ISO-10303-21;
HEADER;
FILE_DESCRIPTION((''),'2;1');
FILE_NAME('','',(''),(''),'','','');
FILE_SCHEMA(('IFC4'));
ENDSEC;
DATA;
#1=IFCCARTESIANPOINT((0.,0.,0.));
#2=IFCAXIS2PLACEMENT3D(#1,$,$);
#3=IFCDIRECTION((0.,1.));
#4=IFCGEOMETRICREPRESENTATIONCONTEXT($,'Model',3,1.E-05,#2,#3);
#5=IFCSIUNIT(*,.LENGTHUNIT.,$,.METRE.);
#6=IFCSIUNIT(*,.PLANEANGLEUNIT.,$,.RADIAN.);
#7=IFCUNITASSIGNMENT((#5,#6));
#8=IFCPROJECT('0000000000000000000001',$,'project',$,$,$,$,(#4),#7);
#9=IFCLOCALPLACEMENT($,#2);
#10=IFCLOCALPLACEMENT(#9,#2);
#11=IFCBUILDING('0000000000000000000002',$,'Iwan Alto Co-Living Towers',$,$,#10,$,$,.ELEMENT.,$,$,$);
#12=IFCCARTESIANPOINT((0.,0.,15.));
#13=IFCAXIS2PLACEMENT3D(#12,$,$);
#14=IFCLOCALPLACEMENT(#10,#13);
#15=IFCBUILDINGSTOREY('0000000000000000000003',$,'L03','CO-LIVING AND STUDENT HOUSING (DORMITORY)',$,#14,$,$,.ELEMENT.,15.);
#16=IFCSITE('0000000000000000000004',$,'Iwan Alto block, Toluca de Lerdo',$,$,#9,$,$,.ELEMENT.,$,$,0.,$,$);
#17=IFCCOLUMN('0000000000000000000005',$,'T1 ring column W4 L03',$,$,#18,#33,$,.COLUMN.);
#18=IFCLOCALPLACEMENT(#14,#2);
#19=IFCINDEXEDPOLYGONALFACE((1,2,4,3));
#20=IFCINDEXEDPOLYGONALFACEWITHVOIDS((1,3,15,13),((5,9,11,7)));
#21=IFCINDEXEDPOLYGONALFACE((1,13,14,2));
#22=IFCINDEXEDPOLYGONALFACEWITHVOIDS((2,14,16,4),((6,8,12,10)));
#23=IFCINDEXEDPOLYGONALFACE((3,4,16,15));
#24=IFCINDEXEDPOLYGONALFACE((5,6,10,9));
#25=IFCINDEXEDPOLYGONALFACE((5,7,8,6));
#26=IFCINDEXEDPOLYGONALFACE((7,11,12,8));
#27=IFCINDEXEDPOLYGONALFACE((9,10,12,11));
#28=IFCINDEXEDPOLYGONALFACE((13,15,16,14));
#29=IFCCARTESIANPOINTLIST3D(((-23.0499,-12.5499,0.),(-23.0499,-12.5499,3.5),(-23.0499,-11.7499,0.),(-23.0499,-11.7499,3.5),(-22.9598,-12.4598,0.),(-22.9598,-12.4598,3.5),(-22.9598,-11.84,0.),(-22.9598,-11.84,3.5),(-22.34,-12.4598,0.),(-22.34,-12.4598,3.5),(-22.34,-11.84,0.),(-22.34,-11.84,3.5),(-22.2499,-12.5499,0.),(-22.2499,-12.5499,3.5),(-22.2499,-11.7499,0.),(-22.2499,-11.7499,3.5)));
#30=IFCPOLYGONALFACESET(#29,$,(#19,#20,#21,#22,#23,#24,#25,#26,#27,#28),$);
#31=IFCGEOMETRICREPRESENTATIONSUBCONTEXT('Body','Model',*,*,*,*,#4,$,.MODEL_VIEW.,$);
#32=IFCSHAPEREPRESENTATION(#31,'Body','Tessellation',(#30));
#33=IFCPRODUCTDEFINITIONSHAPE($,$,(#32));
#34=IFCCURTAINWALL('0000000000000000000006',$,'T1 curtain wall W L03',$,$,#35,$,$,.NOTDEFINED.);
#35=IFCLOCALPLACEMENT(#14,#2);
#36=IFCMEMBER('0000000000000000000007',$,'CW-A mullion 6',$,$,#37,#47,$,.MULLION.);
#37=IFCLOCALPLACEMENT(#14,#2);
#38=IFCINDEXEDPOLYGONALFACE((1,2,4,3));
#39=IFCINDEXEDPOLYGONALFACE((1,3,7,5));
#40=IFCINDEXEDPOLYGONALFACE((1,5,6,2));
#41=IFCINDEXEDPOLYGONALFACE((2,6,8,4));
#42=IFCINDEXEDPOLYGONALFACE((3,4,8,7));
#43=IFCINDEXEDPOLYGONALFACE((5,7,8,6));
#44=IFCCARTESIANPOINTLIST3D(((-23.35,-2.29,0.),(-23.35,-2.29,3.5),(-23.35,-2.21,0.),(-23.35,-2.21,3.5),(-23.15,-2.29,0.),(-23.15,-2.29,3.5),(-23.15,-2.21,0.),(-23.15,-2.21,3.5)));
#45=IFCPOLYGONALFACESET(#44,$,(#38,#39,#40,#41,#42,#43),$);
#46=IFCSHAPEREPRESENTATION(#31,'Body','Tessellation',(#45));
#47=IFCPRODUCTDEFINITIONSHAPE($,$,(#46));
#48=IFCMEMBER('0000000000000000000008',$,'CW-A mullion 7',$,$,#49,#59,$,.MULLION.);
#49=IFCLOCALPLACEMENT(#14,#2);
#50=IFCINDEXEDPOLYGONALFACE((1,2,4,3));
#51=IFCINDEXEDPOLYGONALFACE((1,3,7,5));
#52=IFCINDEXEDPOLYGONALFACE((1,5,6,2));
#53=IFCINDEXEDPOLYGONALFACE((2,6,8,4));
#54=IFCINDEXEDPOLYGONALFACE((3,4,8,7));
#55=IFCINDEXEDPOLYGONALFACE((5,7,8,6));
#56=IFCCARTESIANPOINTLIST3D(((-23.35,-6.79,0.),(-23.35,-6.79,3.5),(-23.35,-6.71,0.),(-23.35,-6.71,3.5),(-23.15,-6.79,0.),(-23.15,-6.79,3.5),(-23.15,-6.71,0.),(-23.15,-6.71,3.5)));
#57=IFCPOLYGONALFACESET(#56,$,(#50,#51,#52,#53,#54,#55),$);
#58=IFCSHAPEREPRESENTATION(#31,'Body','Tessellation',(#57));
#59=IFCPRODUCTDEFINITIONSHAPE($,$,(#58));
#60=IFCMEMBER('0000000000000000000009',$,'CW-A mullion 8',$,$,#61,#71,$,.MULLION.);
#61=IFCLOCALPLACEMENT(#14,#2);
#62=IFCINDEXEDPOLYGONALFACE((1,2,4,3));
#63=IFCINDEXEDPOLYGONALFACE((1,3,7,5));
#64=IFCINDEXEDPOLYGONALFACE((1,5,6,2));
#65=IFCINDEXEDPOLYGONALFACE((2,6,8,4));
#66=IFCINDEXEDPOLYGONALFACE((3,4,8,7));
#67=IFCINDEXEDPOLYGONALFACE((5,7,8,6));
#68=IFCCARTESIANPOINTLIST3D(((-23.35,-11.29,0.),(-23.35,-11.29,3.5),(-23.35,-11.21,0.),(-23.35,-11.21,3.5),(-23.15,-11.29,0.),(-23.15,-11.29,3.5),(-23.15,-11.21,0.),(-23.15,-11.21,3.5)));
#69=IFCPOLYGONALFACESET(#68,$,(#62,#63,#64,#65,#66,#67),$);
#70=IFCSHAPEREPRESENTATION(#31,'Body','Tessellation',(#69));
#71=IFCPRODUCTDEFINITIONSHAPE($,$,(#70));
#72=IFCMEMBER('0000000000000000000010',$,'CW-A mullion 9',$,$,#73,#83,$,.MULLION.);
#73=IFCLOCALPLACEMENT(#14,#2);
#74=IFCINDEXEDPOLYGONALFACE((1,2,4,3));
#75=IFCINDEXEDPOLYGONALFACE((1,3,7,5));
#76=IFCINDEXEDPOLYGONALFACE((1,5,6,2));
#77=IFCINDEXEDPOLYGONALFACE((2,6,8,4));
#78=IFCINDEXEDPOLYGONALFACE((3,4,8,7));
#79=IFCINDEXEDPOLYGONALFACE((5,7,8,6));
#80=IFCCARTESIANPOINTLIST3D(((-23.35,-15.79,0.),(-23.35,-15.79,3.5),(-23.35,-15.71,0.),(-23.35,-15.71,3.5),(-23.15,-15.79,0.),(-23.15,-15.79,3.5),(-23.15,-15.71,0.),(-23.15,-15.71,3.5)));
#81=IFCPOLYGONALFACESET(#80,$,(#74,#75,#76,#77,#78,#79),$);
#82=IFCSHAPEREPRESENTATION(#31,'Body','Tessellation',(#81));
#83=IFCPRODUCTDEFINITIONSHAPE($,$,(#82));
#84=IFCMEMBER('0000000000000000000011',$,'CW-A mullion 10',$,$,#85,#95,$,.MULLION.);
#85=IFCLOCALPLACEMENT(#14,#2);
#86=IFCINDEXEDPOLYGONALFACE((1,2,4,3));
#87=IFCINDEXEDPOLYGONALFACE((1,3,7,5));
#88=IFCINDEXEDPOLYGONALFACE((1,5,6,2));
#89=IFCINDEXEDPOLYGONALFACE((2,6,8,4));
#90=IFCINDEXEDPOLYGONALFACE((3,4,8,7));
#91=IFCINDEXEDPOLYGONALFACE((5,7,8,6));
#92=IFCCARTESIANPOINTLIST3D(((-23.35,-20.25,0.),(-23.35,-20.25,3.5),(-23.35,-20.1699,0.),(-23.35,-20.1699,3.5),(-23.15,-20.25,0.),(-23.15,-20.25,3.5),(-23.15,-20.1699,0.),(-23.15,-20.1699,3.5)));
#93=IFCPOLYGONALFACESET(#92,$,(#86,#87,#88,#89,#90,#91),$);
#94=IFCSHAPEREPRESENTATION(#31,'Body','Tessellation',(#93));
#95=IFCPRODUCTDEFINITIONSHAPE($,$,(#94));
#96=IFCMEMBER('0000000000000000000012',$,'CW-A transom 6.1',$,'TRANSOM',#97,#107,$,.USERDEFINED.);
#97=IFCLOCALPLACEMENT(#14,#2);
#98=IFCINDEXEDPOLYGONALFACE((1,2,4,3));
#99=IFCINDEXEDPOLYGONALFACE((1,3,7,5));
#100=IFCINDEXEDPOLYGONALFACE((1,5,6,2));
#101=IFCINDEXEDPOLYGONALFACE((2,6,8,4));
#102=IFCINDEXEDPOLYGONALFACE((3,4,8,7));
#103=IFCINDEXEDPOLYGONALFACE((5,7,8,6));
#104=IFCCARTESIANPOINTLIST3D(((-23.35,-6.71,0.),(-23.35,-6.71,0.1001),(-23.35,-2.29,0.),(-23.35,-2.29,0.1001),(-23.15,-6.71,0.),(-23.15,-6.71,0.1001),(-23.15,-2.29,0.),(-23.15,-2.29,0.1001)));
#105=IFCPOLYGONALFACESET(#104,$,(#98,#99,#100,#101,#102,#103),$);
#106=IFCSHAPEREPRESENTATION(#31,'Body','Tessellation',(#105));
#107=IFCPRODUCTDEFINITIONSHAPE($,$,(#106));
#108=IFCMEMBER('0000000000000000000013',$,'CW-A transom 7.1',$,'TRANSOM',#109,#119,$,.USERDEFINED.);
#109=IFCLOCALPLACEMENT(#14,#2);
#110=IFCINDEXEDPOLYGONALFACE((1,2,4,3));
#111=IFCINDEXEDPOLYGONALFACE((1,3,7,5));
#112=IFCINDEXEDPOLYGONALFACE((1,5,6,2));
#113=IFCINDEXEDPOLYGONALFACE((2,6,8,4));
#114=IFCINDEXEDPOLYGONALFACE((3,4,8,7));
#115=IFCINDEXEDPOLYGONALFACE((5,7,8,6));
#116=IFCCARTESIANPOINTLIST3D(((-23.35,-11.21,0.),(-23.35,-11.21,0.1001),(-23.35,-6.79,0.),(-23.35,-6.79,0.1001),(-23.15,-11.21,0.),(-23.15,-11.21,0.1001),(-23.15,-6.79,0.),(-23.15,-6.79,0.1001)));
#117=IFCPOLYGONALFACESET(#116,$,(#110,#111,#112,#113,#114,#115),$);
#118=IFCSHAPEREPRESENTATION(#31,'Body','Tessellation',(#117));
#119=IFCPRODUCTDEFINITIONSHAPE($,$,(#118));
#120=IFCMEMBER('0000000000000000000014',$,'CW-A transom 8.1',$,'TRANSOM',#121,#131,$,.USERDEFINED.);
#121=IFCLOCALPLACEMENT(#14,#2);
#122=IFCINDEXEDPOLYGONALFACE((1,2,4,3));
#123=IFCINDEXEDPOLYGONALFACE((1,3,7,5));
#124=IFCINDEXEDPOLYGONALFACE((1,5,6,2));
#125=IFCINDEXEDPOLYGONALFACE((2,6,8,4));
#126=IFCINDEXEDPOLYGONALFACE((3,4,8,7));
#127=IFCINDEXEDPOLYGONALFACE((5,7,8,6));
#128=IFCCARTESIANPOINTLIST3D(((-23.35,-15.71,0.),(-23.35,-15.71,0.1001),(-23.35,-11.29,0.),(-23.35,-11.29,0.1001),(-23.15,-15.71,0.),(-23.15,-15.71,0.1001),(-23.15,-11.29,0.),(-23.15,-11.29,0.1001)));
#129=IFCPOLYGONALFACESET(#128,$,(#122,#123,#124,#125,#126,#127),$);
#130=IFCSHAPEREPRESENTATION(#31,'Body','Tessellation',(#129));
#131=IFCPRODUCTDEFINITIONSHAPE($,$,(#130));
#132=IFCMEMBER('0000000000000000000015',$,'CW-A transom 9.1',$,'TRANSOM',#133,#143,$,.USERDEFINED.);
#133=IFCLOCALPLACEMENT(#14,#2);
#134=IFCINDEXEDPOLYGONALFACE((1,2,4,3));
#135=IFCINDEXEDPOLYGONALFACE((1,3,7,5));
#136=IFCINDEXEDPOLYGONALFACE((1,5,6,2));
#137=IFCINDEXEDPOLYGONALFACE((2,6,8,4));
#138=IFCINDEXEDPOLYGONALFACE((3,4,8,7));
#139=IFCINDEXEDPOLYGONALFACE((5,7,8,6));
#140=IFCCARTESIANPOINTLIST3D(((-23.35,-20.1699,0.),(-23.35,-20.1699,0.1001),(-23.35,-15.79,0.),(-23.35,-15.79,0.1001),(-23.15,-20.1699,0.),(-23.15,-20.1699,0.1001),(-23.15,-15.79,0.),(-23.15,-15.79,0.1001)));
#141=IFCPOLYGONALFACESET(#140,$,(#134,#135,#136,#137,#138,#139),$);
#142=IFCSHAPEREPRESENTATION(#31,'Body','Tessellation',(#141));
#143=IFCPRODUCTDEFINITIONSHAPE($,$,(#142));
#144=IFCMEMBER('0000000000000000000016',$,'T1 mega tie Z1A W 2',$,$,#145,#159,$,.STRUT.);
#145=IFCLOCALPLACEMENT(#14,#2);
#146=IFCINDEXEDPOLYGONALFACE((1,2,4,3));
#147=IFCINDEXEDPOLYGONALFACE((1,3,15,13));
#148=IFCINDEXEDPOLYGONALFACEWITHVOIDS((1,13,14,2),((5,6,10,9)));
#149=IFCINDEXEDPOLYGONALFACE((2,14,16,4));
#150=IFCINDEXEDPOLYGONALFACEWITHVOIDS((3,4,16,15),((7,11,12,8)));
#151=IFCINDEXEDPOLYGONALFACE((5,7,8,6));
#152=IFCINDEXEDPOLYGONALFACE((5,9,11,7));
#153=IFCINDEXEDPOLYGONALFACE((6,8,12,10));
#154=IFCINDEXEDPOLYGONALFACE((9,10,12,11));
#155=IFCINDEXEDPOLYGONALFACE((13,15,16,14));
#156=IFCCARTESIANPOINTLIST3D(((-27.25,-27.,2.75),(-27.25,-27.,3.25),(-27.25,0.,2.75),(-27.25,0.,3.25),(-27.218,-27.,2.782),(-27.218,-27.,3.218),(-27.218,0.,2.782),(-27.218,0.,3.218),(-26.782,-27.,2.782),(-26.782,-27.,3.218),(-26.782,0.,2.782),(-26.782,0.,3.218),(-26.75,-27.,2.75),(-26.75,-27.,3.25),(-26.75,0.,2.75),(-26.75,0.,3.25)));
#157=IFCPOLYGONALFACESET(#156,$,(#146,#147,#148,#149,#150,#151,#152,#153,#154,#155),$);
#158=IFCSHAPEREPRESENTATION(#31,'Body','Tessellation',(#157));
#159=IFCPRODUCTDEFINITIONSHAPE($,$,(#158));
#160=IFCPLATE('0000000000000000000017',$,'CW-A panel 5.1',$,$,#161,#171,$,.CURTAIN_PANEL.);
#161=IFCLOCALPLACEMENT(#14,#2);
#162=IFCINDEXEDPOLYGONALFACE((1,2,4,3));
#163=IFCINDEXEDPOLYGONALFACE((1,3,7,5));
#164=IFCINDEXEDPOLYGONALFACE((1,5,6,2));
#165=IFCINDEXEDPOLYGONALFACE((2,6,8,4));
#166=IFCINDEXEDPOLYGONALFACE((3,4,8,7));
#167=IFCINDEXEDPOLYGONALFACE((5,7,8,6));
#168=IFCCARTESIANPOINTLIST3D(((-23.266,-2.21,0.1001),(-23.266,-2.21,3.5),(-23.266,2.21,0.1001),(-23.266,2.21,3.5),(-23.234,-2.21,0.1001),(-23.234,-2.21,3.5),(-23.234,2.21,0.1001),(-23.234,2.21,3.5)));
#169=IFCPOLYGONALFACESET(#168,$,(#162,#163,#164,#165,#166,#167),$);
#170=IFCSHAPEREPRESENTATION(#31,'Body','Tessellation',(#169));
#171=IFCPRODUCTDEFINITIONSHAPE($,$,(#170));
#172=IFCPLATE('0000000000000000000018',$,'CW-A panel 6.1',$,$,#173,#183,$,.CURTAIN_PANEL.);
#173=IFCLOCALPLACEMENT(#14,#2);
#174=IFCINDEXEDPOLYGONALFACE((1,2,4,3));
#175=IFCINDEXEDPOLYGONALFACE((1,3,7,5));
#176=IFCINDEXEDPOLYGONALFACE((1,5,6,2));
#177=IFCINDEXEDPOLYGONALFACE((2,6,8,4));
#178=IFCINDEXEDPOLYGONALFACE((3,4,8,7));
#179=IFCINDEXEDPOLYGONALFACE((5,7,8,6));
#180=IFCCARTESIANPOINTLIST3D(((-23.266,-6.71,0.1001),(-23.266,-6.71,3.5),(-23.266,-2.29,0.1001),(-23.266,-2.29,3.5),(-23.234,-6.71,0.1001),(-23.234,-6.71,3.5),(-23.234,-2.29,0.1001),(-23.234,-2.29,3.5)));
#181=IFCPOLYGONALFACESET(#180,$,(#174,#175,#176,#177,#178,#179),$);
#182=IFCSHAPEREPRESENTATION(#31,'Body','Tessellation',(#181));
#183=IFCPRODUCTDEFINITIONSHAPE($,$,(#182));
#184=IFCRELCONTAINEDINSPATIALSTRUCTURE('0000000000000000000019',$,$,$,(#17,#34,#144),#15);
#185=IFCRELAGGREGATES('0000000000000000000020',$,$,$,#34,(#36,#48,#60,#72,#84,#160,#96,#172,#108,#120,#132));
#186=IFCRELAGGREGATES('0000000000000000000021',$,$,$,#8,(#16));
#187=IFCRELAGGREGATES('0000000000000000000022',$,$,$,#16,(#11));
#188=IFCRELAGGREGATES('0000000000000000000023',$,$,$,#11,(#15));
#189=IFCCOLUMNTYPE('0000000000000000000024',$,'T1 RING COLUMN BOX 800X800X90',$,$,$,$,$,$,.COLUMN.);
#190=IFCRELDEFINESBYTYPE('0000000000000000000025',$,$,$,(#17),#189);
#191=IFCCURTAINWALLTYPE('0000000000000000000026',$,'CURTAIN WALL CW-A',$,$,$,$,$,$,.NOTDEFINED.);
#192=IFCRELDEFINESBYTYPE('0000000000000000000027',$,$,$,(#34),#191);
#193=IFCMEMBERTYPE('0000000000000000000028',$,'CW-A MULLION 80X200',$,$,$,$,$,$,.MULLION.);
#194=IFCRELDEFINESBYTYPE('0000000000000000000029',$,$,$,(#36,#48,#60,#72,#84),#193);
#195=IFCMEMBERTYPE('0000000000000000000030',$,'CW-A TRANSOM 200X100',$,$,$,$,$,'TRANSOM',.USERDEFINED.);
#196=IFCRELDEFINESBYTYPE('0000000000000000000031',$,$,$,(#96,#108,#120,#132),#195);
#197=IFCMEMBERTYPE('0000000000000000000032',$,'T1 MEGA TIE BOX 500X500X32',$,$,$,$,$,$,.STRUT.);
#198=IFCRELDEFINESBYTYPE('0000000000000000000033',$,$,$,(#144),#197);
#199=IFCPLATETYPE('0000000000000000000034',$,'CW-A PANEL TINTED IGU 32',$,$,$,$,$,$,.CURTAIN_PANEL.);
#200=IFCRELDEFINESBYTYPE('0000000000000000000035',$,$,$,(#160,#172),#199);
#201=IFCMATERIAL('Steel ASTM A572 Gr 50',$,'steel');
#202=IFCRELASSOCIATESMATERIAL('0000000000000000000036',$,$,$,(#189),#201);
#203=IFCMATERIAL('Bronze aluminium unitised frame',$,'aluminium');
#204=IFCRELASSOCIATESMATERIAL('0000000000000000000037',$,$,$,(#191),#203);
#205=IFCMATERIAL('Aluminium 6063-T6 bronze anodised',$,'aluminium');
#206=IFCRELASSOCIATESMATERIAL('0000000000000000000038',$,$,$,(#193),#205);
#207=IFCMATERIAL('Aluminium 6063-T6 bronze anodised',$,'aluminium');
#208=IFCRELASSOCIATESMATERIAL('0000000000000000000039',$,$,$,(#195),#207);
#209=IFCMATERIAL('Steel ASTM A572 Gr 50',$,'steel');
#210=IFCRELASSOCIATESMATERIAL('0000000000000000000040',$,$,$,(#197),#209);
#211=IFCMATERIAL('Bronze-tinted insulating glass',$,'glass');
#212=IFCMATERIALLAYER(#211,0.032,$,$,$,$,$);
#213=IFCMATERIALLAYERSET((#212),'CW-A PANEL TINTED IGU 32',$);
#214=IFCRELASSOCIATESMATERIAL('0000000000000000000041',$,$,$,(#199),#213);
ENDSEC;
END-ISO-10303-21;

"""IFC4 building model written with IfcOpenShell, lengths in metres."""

from ifc_helpers import new_model, si_unit, direction, frame, origin, origin_2d, place, context, subcontext, project, spatial, rectangle, hollow_rectangle, extrude, material, layer, layer_set, material_profile, profile_set, type_object, element, aggregate, save


model = new_model("IFC4")

# Units and contexts
model_context = context("Model", 3, precision=1e-05, world=origin(), true_north=direction((0.0, 1.0)))
body_context = subcontext(model_context, "Body", "Model", "MODEL_VIEW")
ifc_project = project(units=[si_unit("LENGTHUNIT", "METRE"), si_unit("PLANEANGLEUNIT", "RADIAN")], contexts=[model_context])

# Site, building, storey
site_placement = place(None, origin())
site = spatial("IfcSite", under=ifc_project, at=site_placement, Name="Iwan Alto block, Toluca de Lerdo", CompositionType="ELEMENT", RefElevation=0.0)
building_placement = place(site_placement, origin())
building = spatial("IfcBuilding", under=site, at=building_placement, Name="Iwan Alto Co-Living Towers", CompositionType="ELEMENT")
storey_placement = place(building_placement, frame((0.0, 0.0, 15.0)))
storey = spatial("IfcBuildingStorey", under=building, at=storey_placement, Name="L03", Description="CO-LIVING AND STUDENT HOUSING (DORMITORY)", CompositionType="ELEMENT", Elevation=15.0)

# Column
ifc_material_1 = material(Name="Steel ASTM A572 Gr 50", Category="steel")
ifc_material_profile_1 = material_profile(ifc_material_1, hollow_rectangle(XDim=0.8, YDim=0.8, WallThickness=0.0901, at=origin_2d()), Name="BOX 800X800X90")
ifc_profile_set_1 = profile_set([ifc_material_profile_1], Name="Steel ASTM A572 Gr 50")
column_type = type_object("IfcColumnType", Name="T1 RING COLUMN BOX 800X800X90", PredefinedType="COLUMN", material=ifc_profile_set_1)
column_placement = place(storey_placement, frame((-22.6499, -12.1499, 0.0), z_axis=(0.0, 0.0, 1.0), x_axis=(1.0, 0.0, 0.0)))
element("IfcColumn", 1, at=column_placement, inside=storey, type_object=column_type, Name="T1 ring column W4 L03", PredefinedType="COLUMN", context=body_context, shape_type="SweptSolid", body=[
    extrude(hollow_rectangle(XDim=0.8, YDim=0.8, WallThickness=0.0901, at=origin_2d()), origin(), (0.0, 0.0, 1.0), 3.5),
])

# Curtain wall, members
ifc_material_2 = material(Name="Bronze aluminium unitised frame", Category="aluminium")
curtain_wall_type = type_object("IfcCurtainWallType", Name="CURTAIN WALL CW-A", PredefinedType="NOTDEFINED", material=ifc_material_2)
curtain_wall_placement = place(storey_placement, origin())
curtain_wall = element("IfcCurtainWall", 2, at=curtain_wall_placement, inside=storey, type_object=curtain_wall_type, Name="T1 curtain wall W L03", PredefinedType="NOTDEFINED")
ifc_material_3 = material(Name="Aluminium 6063-T6 bronze anodised", Category="aluminium")
ifc_material_profile_2 = material_profile(ifc_material_3, rectangle(XDim=0.2, YDim=0.0801, at=origin_2d()), Name="AL 80X200")
ifc_profile_set_2 = profile_set([ifc_material_profile_2], Name="Aluminium 6063-T6 bronze anodised")
member_type_1 = type_object("IfcMemberType", Name="CW-A MULLION 80X200", PredefinedType="MULLION", material=ifc_profile_set_2)
member_1_placement = place(storey_placement, frame((-23.25, -2.25, 0.0), z_axis=(0.0, 0.0, 1.0), x_axis=(1.0, 0.0, 0.0)))
member_1 = element("IfcMember", 3, at=member_1_placement, type_object=member_type_1, Name="CW-A mullion 6", PredefinedType="MULLION", context=body_context, shape_type="SweptSolid", body=[
    extrude(rectangle(XDim=0.2, YDim=0.0801, at=origin_2d()), origin(), (0.0, 0.0, 1.0), 3.5),
])
member_2_placement = place(storey_placement, frame((-23.25, -6.75, 0.0), z_axis=(0.0, 0.0, 1.0), x_axis=(1.0, 0.0, 0.0)))
member_2 = element("IfcMember", 4, at=member_2_placement, type_object=member_type_1, Name="CW-A mullion 7", PredefinedType="MULLION", context=body_context, shape_type="SweptSolid", body=[
    extrude(rectangle(XDim=0.2, YDim=0.0801, at=origin_2d()), origin(), (0.0, 0.0, 1.0), 3.5),
])
member_3_placement = place(storey_placement, frame((-23.25, -11.25, 0.0), z_axis=(0.0, 0.0, 1.0), x_axis=(1.0, 0.0, 0.0)))
member_3 = element("IfcMember", 5, at=member_3_placement, type_object=member_type_1, Name="CW-A mullion 8", PredefinedType="MULLION", context=body_context, shape_type="SweptSolid", body=[
    extrude(rectangle(XDim=0.2, YDim=0.0801, at=origin_2d()), origin(), (0.0, 0.0, 1.0), 3.5),
])
member_4_placement = place(storey_placement, frame((-23.25, -15.75, 0.0), z_axis=(0.0, 0.0, 1.0), x_axis=(1.0, 0.0, 0.0)))
member_4 = element("IfcMember", 6, at=member_4_placement, type_object=member_type_1, Name="CW-A mullion 9", PredefinedType="MULLION", context=body_context, shape_type="SweptSolid", body=[
    extrude(rectangle(XDim=0.2, YDim=0.0801, at=origin_2d()), origin(), (0.0, 0.0, 1.0), 3.5),
])
member_5_placement = place(storey_placement, frame((-23.25, -20.21, 0.0), z_axis=(0.0, 0.0, 1.0), x_axis=(1.0, 0.0, 0.0)))
member_5 = element("IfcMember", 7, at=member_5_placement, type_object=member_type_1, Name="CW-A mullion 10", PredefinedType="MULLION", context=body_context, shape_type="SweptSolid", body=[
    extrude(rectangle(XDim=0.2, YDim=0.0801, at=origin_2d()), origin(), (0.0, 0.0, 1.0), 3.5),
])
ifc_material_4 = material(Name="Aluminium 6063-T6 bronze anodised", Category="aluminium")
ifc_material_profile_3 = material_profile(ifc_material_4, rectangle(XDim=0.2, YDim=0.1001, at=origin_2d()), Name="AL 200X100")
ifc_profile_set_3 = profile_set([ifc_material_profile_3], Name="Aluminium 6063-T6 bronze anodised")
member_type_2 = type_object("IfcMemberType", Name="CW-A TRANSOM 200X100", ElementType="TRANSOM", PredefinedType="USERDEFINED", material=ifc_profile_set_3)
member_6_placement = place(storey_placement, frame((-23.25, -2.29, 0.05), z_axis=(0.0, -1.0, 0.0), x_axis=(1.0, 0.0, 0.0)))
member_6 = element("IfcMember", 8, at=member_6_placement, type_object=member_type_2, Name="CW-A transom 6.1", ObjectType="TRANSOM", PredefinedType="USERDEFINED", context=body_context, shape_type="SweptSolid", body=[
    extrude(rectangle(XDim=0.2, YDim=0.1001, at=origin_2d()), origin(), (0.0, 0.0, 1.0), 4.4199),
])
member_7_placement = place(storey_placement, frame((-23.25, -6.79, 0.05), z_axis=(0.0, -1.0, 0.0), x_axis=(1.0, 0.0, 0.0)))
member_7 = element("IfcMember", 9, at=member_7_placement, type_object=member_type_2, Name="CW-A transom 7.1", ObjectType="TRANSOM", PredefinedType="USERDEFINED", context=body_context, shape_type="SweptSolid", body=[
    extrude(rectangle(XDim=0.2, YDim=0.1001, at=origin_2d()), origin(), (0.0, 0.0, 1.0), 4.4199),
])
member_8_placement = place(storey_placement, frame((-23.25, -11.29, 0.05), z_axis=(0.0, -1.0, 0.0), x_axis=(1.0, 0.0, 0.0)))
member_8 = element("IfcMember", 10, at=member_8_placement, type_object=member_type_2, Name="CW-A transom 8.1", ObjectType="TRANSOM", PredefinedType="USERDEFINED", context=body_context, shape_type="SweptSolid", body=[
    extrude(rectangle(XDim=0.2, YDim=0.1001, at=origin_2d()), origin(), (0.0, 0.0, 1.0), 4.4199),
])
member_9_placement = place(storey_placement, frame((-23.25, -15.79, 0.05), z_axis=(0.0, -1.0, 0.0), x_axis=(1.0, 0.0, 0.0)))
member_9 = element("IfcMember", 11, at=member_9_placement, type_object=member_type_2, Name="CW-A transom 9.1", ObjectType="TRANSOM", PredefinedType="USERDEFINED", context=body_context, shape_type="SweptSolid", body=[
    extrude(rectangle(XDim=0.2, YDim=0.1001, at=origin_2d()), origin(), (0.0, 0.0, 1.0), 4.3799),
])

# Member
ifc_material_5 = material(Name="Steel ASTM A572 Gr 50", Category="steel")
ifc_material_profile_4 = material_profile(ifc_material_5, hollow_rectangle(XDim=0.5, YDim=0.5, WallThickness=0.032, at=origin_2d()), Name="BOX 500X500X32")
ifc_profile_set_4 = profile_set([ifc_material_profile_4], Name="Steel ASTM A572 Gr 50")
member_type_3 = type_object("IfcMemberType", Name="T1 MEGA TIE BOX 500X500X32", PredefinedType="STRUT", material=ifc_profile_set_4)
member_10_placement = place(storey_placement, frame((-27.0, 0.0, 3.0), z_axis=(0.0, -1.0, 0.0), x_axis=(1.0, 0.0, 0.0)))
element("IfcMember", 12, at=member_10_placement, inside=storey, type_object=member_type_3, Name="T1 mega tie Z1A W 2", PredefinedType="STRUT", context=body_context, shape_type="SweptSolid", body=[
    extrude(hollow_rectangle(XDim=0.5, YDim=0.5, WallThickness=0.032, at=origin_2d()), origin(), (0.0, 0.0, 1.0), 27.0),
])

# Plates
ifc_material_6 = material(Name="Bronze-tinted insulating glass", Category="glass")
ifc_layer_1 = layer(ifc_material_6, 0.032)
ifc_layer_set_1 = layer_set([ifc_layer_1], Name="CW-A PANEL TINTED IGU 32")
plate_type = type_object("IfcPlateType", Name="CW-A PANEL TINTED IGU 32", PredefinedType="CURTAIN_PANEL", material=ifc_layer_set_1)
plate_1_placement = place(storey_placement, frame((-23.25, 0.0, 0.1001), z_axis=(0.0, 0.0, 1.0), x_axis=(0.0, -1.0, 0.0)))
plate_1 = element("IfcPlate", 13, at=plate_1_placement, type_object=plate_type, Name="CW-A panel 5.1", PredefinedType="CURTAIN_PANEL", context=body_context, shape_type="SweptSolid", body=[
    extrude(rectangle(XDim=4.4199, YDim=0.032, at=origin_2d()), origin(), (0.0, 0.0, 1.0), 3.3999),
])
plate_2_placement = place(storey_placement, frame((-23.25, -4.5, 0.1001), z_axis=(0.0, 0.0, 1.0), x_axis=(0.0, -1.0, 0.0)))
plate_2 = element("IfcPlate", 14, at=plate_2_placement, type_object=plate_type, Name="CW-A panel 6.1", PredefinedType="CURTAIN_PANEL", context=body_context, shape_type="SweptSolid", body=[
    extrude(rectangle(XDim=4.4199, YDim=0.032, at=origin_2d()), origin(), (0.0, 0.0, 1.0), 3.3999),
])
aggregate(curtain_wall, [member_1, member_2, member_3, member_4, member_5, plate_1, member_6, plate_2, member_7, member_8, member_9])

save(model, "model.ifc")
